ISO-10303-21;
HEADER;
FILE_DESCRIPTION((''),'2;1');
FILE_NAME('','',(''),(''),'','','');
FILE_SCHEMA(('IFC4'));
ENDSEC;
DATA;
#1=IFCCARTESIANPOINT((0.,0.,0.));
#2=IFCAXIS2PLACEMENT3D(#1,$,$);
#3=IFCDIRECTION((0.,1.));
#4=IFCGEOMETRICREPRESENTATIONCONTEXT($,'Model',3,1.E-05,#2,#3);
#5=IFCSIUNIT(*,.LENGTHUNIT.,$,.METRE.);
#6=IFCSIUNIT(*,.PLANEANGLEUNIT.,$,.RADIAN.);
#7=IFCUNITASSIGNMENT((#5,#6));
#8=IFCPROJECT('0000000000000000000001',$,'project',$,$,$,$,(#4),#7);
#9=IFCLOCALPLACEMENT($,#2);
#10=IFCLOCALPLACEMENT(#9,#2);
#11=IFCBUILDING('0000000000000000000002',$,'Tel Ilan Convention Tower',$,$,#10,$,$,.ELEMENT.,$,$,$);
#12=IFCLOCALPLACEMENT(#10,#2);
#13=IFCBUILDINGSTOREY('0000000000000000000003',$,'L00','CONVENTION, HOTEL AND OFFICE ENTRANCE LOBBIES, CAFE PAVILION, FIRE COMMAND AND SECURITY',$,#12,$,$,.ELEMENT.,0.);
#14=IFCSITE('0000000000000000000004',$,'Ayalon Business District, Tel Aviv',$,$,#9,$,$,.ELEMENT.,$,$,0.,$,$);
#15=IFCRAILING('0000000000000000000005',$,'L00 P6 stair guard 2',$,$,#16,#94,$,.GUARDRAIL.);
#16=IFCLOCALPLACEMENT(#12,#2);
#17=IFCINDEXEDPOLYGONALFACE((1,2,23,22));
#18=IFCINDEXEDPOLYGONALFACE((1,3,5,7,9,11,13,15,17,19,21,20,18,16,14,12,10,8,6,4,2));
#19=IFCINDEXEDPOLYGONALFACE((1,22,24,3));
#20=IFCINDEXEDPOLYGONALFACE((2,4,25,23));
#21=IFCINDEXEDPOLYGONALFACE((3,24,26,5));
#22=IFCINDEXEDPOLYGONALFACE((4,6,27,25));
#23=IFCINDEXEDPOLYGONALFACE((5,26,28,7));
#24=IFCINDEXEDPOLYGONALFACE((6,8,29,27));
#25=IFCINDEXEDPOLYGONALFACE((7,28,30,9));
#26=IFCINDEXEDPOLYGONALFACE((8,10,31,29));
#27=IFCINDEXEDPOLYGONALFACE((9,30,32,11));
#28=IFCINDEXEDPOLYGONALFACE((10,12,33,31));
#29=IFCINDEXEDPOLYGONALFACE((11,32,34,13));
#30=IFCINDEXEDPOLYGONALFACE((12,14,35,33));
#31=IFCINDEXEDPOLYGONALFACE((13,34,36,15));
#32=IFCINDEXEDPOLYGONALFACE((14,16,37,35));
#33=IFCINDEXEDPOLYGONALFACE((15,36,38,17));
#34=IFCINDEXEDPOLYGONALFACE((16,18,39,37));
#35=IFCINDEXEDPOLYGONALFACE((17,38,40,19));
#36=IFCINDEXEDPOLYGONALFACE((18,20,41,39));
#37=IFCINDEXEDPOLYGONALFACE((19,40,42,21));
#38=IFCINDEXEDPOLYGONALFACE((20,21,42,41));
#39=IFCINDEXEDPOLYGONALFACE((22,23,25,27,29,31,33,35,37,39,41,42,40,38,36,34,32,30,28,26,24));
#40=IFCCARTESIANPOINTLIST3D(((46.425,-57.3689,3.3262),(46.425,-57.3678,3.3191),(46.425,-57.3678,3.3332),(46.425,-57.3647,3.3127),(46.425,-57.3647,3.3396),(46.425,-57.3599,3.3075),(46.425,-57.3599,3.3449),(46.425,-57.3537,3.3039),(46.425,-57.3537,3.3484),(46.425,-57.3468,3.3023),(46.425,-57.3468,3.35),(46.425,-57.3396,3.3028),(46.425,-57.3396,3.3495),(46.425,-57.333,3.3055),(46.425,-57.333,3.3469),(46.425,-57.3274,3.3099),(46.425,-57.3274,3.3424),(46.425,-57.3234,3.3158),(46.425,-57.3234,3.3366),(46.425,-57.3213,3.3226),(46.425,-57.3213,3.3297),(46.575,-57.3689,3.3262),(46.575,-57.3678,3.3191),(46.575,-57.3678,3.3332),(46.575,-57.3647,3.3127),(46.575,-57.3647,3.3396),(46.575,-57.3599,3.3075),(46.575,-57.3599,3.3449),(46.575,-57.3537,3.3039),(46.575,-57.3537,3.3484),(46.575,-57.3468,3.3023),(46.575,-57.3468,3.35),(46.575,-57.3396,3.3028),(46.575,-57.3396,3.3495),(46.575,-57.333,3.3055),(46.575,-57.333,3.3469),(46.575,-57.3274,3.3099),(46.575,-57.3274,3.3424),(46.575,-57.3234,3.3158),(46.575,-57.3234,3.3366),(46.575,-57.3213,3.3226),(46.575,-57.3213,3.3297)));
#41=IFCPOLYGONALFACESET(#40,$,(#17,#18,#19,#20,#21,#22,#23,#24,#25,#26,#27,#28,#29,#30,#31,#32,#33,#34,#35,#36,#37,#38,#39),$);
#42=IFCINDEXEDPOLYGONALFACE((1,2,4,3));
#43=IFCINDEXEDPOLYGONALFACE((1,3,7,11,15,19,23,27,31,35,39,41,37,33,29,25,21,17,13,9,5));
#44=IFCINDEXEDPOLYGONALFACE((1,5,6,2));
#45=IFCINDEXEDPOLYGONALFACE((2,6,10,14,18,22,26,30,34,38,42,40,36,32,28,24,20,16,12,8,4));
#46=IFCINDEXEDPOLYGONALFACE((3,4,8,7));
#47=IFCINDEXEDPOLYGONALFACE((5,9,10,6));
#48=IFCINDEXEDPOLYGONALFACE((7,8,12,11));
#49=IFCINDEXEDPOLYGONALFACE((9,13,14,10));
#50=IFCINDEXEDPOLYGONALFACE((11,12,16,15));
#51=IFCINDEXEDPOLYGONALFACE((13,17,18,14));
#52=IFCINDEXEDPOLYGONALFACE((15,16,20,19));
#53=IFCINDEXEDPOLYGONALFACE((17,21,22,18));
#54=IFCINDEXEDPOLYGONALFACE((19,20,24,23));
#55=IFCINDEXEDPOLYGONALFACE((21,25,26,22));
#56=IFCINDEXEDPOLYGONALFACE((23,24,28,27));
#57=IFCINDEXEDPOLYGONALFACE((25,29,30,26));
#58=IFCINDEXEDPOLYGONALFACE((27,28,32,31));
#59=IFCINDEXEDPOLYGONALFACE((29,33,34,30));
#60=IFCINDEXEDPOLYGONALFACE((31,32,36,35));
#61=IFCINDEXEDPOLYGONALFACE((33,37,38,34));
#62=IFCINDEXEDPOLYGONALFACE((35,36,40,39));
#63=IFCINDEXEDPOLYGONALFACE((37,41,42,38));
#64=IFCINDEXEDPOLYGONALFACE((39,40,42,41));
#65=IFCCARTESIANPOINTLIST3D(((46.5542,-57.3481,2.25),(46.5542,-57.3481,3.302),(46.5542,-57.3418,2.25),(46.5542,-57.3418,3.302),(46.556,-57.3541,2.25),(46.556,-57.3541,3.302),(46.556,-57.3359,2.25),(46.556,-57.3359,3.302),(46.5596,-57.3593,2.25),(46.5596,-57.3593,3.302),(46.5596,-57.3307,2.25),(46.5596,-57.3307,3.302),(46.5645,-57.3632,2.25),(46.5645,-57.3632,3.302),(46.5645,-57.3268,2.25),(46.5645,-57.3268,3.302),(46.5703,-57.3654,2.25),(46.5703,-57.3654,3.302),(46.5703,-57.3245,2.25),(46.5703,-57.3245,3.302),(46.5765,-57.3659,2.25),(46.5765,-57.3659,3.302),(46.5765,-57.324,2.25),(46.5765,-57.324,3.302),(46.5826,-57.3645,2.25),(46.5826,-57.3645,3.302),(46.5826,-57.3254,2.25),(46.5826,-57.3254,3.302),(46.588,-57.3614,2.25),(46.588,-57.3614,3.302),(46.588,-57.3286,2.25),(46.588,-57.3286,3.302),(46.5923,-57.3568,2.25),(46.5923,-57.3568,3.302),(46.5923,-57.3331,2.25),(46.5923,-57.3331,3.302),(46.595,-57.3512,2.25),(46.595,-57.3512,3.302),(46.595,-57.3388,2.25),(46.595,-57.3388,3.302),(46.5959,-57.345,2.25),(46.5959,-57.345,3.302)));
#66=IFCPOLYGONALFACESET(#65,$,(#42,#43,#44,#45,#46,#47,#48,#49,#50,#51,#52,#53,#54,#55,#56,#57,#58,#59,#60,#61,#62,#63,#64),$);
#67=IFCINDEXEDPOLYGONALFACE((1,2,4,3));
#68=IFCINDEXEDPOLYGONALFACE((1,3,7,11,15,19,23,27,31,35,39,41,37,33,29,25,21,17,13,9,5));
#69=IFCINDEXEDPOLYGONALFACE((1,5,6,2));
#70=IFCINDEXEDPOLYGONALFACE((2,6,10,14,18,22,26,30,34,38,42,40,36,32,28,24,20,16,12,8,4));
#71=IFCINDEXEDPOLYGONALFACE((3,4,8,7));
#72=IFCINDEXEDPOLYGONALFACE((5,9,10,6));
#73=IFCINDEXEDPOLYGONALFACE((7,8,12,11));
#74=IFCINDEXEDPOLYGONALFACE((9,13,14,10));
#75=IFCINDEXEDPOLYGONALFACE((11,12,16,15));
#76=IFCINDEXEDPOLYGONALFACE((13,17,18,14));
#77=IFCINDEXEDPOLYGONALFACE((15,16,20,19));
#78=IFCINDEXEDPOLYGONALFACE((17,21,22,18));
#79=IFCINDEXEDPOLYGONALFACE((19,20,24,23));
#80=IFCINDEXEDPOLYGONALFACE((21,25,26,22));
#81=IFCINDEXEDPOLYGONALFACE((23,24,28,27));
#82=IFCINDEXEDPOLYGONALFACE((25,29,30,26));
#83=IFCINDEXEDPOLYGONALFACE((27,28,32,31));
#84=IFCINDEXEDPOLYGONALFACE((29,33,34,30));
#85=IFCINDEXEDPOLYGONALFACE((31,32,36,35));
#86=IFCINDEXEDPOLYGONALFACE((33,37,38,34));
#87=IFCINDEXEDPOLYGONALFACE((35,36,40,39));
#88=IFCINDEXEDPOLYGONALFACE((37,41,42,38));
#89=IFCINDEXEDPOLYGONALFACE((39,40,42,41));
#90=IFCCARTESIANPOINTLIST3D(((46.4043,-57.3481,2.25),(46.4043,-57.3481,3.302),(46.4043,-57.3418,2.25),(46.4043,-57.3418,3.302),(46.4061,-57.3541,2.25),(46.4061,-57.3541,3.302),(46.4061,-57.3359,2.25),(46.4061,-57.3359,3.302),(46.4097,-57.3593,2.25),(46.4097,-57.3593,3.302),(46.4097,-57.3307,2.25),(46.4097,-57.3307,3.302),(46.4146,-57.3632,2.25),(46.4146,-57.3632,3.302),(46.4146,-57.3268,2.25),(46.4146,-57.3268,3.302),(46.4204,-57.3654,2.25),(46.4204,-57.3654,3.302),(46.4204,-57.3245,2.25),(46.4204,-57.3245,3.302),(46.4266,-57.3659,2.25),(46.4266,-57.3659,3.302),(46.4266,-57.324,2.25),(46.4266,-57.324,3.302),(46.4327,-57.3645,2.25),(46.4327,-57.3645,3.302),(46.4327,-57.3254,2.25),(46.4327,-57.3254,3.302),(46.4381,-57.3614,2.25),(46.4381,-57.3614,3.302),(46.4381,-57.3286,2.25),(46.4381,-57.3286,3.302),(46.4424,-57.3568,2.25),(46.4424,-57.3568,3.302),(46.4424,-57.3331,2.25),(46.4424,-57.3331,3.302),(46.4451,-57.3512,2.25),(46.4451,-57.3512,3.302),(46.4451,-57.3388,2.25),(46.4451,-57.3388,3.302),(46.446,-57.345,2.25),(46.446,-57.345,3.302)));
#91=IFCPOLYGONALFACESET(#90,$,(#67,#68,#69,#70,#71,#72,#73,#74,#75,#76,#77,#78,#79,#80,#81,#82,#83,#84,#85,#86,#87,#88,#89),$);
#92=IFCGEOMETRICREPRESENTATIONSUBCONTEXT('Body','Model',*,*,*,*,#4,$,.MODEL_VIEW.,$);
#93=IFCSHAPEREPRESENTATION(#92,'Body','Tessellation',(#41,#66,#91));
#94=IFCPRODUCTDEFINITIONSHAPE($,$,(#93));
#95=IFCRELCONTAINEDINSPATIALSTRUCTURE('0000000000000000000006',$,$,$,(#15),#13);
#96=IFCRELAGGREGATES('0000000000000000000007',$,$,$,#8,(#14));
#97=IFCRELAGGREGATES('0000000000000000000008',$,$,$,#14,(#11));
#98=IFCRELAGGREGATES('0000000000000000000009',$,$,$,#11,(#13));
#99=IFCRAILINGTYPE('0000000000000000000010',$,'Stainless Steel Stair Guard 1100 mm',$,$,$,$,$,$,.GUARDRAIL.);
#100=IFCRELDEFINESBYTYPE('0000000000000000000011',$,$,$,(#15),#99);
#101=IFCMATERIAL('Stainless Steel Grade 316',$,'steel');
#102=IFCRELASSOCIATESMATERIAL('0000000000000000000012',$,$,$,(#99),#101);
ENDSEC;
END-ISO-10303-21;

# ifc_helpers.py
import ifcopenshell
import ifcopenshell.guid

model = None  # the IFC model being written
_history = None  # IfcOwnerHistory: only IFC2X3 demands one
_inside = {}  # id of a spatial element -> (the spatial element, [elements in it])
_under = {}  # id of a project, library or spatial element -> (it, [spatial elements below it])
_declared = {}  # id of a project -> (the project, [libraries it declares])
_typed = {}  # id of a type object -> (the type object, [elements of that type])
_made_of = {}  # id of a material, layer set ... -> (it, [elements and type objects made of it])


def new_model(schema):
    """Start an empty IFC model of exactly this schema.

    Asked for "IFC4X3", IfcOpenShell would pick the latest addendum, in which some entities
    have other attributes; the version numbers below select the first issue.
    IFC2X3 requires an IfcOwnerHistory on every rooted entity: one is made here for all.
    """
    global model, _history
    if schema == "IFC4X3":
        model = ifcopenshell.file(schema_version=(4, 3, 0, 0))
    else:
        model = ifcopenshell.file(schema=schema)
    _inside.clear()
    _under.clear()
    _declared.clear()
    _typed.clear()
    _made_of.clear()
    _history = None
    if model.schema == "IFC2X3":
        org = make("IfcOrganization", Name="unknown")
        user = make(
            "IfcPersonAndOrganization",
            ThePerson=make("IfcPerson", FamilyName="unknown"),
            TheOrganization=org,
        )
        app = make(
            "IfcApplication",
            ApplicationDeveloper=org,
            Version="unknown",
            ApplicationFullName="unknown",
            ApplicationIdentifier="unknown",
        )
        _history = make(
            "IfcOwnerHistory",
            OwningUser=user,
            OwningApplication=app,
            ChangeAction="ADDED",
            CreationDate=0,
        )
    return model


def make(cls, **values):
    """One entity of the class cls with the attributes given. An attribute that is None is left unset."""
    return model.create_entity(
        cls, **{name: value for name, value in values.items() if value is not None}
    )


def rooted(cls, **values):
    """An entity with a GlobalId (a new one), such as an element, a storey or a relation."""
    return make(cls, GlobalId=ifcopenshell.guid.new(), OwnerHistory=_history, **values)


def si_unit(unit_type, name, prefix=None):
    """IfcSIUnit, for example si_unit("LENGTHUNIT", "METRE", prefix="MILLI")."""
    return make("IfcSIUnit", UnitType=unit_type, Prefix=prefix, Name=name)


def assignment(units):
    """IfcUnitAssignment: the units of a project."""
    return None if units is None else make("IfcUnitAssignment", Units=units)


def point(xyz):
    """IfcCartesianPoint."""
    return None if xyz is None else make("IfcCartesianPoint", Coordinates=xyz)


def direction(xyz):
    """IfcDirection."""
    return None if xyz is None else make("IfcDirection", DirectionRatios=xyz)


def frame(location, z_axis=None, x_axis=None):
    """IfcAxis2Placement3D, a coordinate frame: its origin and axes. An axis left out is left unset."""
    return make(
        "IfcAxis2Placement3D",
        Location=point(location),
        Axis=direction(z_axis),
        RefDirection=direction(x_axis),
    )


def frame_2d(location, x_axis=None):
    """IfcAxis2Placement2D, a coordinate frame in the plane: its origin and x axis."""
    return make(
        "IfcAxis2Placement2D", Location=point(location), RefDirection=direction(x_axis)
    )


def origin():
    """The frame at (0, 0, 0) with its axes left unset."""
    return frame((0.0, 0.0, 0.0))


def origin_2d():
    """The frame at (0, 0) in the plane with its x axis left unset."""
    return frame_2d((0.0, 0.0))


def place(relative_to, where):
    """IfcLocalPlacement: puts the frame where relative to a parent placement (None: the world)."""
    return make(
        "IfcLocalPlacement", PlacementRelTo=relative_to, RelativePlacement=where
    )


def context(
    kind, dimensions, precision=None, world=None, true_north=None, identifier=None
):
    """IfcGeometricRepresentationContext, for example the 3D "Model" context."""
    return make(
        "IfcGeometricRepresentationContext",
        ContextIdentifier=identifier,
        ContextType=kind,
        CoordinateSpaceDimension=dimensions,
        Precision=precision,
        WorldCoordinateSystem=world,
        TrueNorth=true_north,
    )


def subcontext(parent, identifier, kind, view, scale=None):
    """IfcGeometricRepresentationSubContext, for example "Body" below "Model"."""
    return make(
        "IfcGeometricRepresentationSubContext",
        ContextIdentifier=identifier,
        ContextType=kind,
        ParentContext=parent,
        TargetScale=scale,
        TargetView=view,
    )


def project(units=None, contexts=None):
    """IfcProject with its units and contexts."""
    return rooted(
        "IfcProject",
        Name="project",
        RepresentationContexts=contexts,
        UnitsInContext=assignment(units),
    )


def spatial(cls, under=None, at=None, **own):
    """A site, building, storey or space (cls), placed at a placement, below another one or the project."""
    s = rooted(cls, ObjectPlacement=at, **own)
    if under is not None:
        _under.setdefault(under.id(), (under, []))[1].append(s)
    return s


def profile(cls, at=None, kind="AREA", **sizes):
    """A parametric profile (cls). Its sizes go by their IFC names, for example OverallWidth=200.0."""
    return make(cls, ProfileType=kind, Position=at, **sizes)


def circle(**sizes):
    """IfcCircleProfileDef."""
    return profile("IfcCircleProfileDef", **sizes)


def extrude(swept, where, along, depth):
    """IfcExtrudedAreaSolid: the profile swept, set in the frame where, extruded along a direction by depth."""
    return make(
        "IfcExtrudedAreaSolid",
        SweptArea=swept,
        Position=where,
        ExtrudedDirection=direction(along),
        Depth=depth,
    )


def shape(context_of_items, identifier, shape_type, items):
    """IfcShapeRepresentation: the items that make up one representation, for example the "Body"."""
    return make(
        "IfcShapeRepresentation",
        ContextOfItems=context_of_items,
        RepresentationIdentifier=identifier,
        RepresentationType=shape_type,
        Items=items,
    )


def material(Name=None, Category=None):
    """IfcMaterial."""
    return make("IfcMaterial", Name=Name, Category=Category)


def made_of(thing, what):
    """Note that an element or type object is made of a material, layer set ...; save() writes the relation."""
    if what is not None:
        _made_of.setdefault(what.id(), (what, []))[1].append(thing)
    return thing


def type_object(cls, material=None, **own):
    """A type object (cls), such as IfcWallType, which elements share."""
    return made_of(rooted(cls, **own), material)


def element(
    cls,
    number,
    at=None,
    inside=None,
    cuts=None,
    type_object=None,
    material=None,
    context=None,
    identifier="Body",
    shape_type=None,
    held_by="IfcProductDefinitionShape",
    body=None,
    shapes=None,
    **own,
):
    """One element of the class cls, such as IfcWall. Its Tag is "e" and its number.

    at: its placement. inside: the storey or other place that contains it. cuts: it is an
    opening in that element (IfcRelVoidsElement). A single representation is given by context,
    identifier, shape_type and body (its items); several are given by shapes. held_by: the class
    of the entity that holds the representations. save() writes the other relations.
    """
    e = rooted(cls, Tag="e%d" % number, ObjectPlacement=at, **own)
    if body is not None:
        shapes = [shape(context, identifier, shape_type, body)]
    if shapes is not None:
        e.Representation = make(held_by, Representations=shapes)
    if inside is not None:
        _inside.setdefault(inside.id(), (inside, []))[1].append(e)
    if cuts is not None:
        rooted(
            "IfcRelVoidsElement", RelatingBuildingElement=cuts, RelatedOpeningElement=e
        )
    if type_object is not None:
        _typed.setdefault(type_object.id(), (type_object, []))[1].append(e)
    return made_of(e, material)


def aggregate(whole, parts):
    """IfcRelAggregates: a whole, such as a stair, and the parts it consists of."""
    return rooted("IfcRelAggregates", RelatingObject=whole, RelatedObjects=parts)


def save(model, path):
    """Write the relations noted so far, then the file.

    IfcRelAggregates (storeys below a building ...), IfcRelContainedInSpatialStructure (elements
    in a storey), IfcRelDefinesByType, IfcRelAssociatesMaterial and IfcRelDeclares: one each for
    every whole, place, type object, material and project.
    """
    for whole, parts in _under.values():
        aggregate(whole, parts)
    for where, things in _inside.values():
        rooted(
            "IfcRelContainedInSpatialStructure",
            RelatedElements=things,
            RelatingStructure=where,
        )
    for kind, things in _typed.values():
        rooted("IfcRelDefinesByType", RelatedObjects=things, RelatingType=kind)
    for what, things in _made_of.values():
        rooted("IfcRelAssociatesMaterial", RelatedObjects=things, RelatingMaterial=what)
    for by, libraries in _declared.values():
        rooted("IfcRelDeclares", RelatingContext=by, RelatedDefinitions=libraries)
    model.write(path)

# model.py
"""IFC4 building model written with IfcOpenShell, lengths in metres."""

from ifc_helpers import new_model, si_unit, direction, frame, origin, origin_2d, place, context, subcontext, project, spatial, circle, extrude, material, type_object, element, save


model = new_model("IFC4")

# Units and contexts
model_context = context("Model", 3, precision=1e-05, world=origin(), true_north=direction((0.0, 1.0)))
body_context = subcontext(model_context, "Body", "Model", "MODEL_VIEW")
ifc_project = project(units=[si_unit("LENGTHUNIT", "METRE"), si_unit("PLANEANGLEUNIT", "RADIAN")], contexts=[model_context])

# Site, building, storey
site_placement = place(None, origin())
site = spatial("IfcSite", under=ifc_project, at=site_placement, Name="Ayalon Business District, Tel Aviv", CompositionType="ELEMENT", RefElevation=0.0)
building_placement = place(site_placement, origin())
building = spatial("IfcBuilding", under=site, at=building_placement, Name="Tel Ilan Convention Tower", CompositionType="ELEMENT")
storey_placement = place(building_placement, origin())
storey = spatial("IfcBuildingStorey", under=building, at=storey_placement, Name="L00", Description="CONVENTION, HOTEL AND OFFICE ENTRANCE LOBBIES, CAFE PAVILION, FIRE COMMAND AND SECURITY", CompositionType="ELEMENT", Elevation=0.0)

# Railing
ifc_material_1 = material(Name="Stainless Steel Grade 316", Category="steel")
railing_type_1 = type_object("IfcRailingType", Name="Stainless Steel Stair Guard 1100 mm", PredefinedType="GUARDRAIL", material=ifc_material_1)
railing_1_placement = place(storey_placement, frame((46.575, -57.345, 2.25)))
element("IfcRailing", 1, at=railing_1_placement, inside=storey, type_object=railing_type_1, Name="L00 P6 stair guard 2", PredefinedType="GUARDRAIL", context=body_context, shape_type="SweptSolid", body=[
    extrude(circle(Radius=0.0239, at=origin_2d()), frame((0.0, 0.0, 1.0762), z_axis=(-1.0, 0.0, 0.0), x_axis=(0.0, -1.0, 0.0)), (0.0, 0.0, 1.0), 0.1499),
    extrude(circle(Radius=0.021, at=origin_2d()), origin(), (0.0, 0.0, 1.0), 1.052),
    extrude(circle(Radius=0.021, at=origin_2d()), frame((-0.1499, 0.0, 0.0)), (0.0, 0.0, 1.0), 1.052),
])

save(model, "model.ifc")
